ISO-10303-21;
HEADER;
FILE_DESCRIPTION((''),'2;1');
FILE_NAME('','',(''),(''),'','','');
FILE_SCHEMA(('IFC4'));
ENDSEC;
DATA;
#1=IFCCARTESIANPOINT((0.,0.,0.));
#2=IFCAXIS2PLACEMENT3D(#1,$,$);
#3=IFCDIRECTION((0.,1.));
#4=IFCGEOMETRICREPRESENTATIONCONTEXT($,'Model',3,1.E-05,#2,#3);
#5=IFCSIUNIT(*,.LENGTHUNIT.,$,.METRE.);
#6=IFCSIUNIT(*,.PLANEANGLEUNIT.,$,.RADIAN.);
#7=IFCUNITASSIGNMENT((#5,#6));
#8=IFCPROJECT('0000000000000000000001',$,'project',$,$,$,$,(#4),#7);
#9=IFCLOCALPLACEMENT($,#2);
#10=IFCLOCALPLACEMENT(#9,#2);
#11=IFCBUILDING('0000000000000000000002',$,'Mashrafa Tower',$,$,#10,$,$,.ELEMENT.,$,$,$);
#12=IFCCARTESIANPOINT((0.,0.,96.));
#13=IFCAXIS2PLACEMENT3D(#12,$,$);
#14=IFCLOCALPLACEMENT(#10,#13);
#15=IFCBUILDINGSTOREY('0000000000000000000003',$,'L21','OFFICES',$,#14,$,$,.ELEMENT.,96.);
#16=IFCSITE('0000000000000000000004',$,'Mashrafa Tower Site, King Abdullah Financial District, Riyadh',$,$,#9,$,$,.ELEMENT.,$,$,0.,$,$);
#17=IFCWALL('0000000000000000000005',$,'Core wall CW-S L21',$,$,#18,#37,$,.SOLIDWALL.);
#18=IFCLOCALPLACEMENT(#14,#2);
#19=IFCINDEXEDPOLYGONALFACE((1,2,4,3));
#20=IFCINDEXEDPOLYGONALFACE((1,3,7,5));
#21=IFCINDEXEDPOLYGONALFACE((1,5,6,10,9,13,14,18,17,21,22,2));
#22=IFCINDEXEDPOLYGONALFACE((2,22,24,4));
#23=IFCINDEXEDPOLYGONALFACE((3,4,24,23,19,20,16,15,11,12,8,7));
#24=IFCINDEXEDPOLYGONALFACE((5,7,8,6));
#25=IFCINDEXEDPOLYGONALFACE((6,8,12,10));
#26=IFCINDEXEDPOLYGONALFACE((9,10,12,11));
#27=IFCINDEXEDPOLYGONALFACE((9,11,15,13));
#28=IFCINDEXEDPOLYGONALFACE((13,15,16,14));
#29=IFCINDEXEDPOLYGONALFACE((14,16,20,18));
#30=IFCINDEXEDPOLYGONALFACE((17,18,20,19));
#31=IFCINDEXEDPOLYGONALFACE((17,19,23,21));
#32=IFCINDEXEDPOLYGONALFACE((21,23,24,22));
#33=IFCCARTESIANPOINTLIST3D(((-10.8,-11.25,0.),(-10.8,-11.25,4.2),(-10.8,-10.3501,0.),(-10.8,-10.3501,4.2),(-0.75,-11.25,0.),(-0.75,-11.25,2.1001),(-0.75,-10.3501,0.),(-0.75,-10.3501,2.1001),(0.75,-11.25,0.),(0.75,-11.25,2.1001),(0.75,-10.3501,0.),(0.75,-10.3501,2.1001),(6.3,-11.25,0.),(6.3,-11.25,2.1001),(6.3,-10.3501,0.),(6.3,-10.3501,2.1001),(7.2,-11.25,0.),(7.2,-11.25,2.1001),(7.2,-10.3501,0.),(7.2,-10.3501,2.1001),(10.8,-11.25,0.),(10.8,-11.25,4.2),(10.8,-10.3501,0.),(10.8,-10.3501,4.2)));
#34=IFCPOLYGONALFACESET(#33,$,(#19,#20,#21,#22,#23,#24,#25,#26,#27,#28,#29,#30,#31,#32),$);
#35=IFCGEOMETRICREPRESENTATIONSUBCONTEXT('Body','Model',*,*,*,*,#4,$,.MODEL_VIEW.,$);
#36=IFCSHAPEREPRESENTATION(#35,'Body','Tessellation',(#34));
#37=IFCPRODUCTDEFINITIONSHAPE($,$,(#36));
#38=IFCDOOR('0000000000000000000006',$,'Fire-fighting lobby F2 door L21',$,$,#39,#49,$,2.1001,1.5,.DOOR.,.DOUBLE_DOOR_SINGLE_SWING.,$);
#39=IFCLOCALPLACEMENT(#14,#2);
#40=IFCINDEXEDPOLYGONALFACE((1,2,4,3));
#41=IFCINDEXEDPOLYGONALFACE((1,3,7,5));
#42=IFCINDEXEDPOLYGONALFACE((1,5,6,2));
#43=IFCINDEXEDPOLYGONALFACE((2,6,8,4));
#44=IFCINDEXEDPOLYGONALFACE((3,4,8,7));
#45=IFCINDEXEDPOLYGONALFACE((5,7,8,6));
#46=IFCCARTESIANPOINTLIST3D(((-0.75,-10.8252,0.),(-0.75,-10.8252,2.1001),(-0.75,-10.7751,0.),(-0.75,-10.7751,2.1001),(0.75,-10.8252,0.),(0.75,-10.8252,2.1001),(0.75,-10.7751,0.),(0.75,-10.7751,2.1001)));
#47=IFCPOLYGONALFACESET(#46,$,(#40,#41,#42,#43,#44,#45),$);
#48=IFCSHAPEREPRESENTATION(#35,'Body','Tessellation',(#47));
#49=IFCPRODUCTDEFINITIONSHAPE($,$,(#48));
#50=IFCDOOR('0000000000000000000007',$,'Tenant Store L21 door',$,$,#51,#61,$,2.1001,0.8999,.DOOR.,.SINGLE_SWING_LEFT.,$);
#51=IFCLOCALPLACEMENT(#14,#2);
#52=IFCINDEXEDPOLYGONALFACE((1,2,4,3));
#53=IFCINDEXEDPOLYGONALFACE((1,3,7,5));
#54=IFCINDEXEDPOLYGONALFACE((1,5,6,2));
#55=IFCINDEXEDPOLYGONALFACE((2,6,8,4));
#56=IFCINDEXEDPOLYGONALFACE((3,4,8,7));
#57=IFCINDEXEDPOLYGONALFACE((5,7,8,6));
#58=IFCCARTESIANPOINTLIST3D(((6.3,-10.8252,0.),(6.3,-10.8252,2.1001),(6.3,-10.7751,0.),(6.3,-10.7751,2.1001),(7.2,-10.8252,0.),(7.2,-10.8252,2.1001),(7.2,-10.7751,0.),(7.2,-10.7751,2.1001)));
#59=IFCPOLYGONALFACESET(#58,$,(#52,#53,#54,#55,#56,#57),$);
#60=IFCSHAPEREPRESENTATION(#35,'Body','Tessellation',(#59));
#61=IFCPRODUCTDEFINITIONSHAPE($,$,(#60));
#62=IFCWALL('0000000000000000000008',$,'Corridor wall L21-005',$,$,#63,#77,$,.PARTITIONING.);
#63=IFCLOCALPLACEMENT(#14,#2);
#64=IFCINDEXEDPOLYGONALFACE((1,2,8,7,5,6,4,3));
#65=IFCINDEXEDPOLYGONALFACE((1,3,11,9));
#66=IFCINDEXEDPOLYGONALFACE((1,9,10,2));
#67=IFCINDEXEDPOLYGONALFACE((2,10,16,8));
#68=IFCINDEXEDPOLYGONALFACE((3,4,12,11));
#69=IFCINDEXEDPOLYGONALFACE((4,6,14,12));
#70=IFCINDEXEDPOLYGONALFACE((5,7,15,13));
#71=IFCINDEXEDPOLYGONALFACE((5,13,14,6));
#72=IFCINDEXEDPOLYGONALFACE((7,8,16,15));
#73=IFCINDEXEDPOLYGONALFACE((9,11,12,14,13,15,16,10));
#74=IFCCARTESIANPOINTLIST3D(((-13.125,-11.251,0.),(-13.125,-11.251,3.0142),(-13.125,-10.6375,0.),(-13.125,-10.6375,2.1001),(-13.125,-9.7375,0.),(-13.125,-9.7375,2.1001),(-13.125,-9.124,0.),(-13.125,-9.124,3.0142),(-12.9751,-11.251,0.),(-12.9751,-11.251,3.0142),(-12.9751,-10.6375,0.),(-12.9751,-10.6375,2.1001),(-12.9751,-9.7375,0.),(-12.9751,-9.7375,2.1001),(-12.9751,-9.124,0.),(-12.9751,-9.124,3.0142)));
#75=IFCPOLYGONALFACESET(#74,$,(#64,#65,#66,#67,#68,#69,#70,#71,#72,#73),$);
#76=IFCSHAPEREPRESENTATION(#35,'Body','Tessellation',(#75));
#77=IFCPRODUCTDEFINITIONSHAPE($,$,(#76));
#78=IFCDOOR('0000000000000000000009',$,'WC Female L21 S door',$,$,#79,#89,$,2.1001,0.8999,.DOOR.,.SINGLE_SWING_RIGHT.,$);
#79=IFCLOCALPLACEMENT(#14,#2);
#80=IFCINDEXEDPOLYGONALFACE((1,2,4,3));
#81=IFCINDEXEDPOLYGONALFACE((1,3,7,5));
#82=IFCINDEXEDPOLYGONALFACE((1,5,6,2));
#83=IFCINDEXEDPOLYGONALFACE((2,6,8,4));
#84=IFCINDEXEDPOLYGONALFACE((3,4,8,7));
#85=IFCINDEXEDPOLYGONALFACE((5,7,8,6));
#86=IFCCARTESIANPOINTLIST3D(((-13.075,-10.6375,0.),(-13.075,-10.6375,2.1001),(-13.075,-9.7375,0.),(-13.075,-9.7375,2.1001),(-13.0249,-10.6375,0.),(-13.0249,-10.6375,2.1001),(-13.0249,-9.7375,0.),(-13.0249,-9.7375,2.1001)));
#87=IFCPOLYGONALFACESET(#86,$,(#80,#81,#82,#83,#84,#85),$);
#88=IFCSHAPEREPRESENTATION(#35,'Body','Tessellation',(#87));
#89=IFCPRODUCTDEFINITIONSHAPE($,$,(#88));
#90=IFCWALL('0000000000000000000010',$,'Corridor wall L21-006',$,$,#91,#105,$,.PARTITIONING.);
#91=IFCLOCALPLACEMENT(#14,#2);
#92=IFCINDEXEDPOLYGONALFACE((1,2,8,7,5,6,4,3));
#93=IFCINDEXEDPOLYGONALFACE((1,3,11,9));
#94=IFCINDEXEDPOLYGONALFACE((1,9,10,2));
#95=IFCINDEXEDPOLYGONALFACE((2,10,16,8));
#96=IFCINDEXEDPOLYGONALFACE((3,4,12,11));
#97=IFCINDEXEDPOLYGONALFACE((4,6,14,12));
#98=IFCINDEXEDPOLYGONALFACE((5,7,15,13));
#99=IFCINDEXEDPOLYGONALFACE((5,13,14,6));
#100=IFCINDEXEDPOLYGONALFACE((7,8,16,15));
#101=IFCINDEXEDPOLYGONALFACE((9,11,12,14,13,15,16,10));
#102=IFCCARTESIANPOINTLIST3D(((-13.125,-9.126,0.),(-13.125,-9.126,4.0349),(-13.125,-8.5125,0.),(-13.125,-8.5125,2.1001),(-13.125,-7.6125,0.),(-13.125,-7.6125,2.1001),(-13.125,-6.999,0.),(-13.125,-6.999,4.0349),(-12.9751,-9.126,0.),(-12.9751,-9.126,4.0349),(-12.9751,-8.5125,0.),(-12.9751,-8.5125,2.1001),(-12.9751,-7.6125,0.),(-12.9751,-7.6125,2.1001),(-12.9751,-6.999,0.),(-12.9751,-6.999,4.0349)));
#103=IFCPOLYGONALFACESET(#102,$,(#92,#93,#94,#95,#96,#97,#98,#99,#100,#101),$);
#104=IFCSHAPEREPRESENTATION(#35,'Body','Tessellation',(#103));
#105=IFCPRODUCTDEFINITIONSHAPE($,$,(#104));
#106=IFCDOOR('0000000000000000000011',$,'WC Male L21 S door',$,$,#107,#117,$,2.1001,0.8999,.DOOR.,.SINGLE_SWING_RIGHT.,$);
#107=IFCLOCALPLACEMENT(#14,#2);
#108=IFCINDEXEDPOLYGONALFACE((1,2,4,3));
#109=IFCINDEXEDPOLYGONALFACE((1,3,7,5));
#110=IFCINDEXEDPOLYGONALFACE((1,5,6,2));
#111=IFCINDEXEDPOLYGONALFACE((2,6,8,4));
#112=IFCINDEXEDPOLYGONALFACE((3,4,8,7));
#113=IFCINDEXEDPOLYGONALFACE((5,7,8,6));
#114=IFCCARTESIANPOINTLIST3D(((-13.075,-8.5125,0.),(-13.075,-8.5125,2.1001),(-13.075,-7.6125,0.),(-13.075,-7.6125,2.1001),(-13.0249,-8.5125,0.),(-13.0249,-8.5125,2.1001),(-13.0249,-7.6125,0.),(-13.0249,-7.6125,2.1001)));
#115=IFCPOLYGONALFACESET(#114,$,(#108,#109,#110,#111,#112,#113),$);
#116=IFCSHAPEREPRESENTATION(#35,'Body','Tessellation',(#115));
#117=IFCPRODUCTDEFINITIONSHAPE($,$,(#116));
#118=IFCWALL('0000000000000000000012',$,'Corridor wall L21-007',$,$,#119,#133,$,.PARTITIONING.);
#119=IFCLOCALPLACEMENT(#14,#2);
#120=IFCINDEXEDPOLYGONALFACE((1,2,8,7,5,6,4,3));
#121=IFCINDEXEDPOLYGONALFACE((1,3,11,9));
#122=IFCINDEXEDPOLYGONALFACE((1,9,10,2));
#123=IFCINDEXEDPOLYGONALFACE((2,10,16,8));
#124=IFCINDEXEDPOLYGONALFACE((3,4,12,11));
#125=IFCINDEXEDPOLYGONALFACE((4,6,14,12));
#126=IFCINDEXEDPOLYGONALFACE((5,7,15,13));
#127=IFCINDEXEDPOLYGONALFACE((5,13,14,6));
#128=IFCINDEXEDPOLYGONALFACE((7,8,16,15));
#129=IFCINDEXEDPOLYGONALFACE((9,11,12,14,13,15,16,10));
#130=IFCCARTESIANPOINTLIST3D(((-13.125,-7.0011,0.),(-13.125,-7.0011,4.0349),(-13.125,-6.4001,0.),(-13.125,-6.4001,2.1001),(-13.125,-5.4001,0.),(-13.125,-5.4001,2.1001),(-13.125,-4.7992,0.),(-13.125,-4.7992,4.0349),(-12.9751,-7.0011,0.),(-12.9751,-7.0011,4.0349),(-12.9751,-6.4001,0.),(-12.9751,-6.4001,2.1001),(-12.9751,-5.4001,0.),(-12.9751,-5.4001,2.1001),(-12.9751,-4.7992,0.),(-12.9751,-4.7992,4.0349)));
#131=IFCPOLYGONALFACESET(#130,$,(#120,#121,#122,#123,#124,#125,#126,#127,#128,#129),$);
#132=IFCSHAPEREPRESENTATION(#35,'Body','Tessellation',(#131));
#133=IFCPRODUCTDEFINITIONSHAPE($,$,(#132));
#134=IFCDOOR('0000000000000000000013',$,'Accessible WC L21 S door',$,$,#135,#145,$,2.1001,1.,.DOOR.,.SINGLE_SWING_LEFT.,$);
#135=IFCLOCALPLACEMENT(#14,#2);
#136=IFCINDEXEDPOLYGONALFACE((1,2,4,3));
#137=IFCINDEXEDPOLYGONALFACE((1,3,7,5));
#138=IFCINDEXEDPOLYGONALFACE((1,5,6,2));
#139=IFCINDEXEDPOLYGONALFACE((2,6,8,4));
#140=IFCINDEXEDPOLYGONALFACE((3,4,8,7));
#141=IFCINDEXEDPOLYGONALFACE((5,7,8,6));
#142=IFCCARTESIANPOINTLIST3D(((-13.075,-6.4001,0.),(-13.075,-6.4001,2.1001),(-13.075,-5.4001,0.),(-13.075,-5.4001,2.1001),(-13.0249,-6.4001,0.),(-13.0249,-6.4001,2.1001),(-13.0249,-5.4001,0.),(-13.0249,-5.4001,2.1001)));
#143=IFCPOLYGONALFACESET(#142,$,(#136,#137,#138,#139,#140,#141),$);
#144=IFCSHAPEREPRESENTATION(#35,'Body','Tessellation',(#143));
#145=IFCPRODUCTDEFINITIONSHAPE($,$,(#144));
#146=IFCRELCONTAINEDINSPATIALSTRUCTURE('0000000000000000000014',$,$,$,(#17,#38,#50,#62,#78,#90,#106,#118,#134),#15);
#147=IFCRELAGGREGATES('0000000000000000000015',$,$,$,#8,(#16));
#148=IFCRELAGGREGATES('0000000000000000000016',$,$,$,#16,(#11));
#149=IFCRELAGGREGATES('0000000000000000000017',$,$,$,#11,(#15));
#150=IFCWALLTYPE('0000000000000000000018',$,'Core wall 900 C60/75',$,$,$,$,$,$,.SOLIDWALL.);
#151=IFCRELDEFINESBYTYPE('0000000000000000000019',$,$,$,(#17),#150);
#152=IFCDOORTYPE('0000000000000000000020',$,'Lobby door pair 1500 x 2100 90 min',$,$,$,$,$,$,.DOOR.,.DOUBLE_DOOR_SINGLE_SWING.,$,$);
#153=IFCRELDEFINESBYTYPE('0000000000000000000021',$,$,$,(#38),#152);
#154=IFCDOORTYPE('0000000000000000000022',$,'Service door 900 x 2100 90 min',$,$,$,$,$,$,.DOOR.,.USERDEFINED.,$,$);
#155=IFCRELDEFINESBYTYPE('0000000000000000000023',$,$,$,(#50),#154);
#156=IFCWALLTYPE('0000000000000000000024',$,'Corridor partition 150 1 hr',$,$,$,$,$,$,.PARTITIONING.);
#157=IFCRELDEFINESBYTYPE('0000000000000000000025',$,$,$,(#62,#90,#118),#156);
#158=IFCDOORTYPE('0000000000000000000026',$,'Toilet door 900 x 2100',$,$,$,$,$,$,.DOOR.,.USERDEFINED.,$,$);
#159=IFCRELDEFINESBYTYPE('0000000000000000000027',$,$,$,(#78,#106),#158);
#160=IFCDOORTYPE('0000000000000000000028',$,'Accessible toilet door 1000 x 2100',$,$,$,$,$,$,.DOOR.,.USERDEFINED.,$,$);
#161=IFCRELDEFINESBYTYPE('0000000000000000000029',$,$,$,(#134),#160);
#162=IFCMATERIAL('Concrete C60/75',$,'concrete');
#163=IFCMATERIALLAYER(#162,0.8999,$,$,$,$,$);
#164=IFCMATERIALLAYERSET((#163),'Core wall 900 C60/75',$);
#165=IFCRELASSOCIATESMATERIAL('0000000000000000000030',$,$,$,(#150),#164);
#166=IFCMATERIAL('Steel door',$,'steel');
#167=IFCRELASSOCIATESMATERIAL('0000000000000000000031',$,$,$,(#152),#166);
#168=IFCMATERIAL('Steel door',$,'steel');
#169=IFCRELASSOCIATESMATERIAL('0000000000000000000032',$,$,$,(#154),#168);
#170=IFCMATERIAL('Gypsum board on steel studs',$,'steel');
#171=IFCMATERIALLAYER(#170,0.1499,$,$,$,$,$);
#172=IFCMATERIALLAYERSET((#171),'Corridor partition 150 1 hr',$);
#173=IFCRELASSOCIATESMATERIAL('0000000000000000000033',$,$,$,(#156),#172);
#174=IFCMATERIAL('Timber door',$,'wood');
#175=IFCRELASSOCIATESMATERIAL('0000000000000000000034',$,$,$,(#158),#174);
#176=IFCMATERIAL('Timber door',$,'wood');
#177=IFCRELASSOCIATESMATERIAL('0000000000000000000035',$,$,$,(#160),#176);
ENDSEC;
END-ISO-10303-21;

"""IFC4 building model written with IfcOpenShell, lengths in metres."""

from ifc_helpers import new_model, si_unit, direction, frame, frame_2d, origin, place, context, subcontext, project, spatial, rectangle, extrude, material, layer, layer_set, type_object, element, fill, save


model = new_model("IFC4")

# Units and contexts
model_context = context("Model", 3, precision=1e-05, world=origin(), true_north=direction((0.0, 1.0)))
body_context = subcontext(model_context, "Body", "Model", "MODEL_VIEW")
ifc_project = project(units=[si_unit("LENGTHUNIT", "METRE"), si_unit("PLANEANGLEUNIT", "RADIAN")], contexts=[model_context])

# Site, building, storey
site_placement = place(None, origin())
site = spatial("IfcSite", under=ifc_project, at=site_placement, Name="Mashrafa Tower Site, King Abdullah Financial District, Riyadh", CompositionType="ELEMENT", RefElevation=0.0)
building_placement = place(site_placement, origin())
building = spatial("IfcBuilding", under=site, at=building_placement, Name="Mashrafa Tower", CompositionType="ELEMENT")
storey_placement = place(building_placement, frame((0.0, 0.0, 96.0)))
storey = spatial("IfcBuildingStorey", under=building, at=storey_placement, Name="L21", Description="OFFICES", CompositionType="ELEMENT", Elevation=96.0)

# Wall, openings, doors
ifc_material_1 = material(Name="Concrete C60/75", Category="concrete")
ifc_layer_1 = layer(ifc_material_1, 0.8999)
ifc_layer_set_1 = layer_set([ifc_layer_1], Name="Core wall 900 C60/75")
wall_type_1 = type_object("IfcWallType", Name="Core wall 900 C60/75", PredefinedType="SOLIDWALL", material=ifc_layer_set_1)
wall_1_placement = place(storey_placement, frame((-10.8, -10.8, 0.0), z_axis=(0.0, 0.0, 1.0), x_axis=(1.0, 0.0, 0.0)))
wall_1 = element("IfcWall", 1, at=wall_1_placement, inside=storey, type_object=wall_type_1, Name="Core wall CW-S L21", PredefinedType="SOLIDWALL", context=body_context, shape_type="SweptSolid", body=[
    extrude(rectangle(XDim=21.6001, YDim=0.8999, at=frame_2d((10.8, 0.0))), origin(), (0.0, 0.0, 1.0), 4.2),
])
opening_1_placement = place(wall_1_placement, frame((10.05, 0.0, 0.0)))
opening_1 = element("IfcOpeningElement", 2, at=opening_1_placement, cuts=wall_1, PredefinedType="OPENING", context=body_context, shape_type="SweptSolid", body=[
    extrude(rectangle(XDim=1.5, YDim=2.1001, at=frame_2d((0.75, 1.05))), frame((0.0, 0.46, 0.0), z_axis=(0.0, -1.0, 0.0), x_axis=(1.0, 0.0, 0.0)), (0.0, 0.0, 1.0), 0.9199),
])
opening_2_placement = place(wall_1_placement, frame((17.1001, 0.0, 0.0)))
opening_2 = element("IfcOpeningElement", 3, at=opening_2_placement, cuts=wall_1, PredefinedType="OPENING", context=body_context, shape_type="SweptSolid", body=[
    extrude(rectangle(XDim=0.8999, YDim=2.1001, at=frame_2d((0.45, 1.05))), frame((0.0, 0.46, 0.0), z_axis=(0.0, -1.0, 0.0), x_axis=(1.0, 0.0, 0.0)), (0.0, 0.0, 1.0), 0.9199),
])
ifc_material_2 = material(Name="Steel door", Category="steel")
door_type_1 = type_object("IfcDoorType", Name="Lobby door pair 1500 x 2100 90 min", OperationType="DOUBLE_DOOR_SINGLE_SWING", PredefinedType="DOOR", material=ifc_material_2)
door_1_placement = place(opening_1_placement, origin())
door_1 = element("IfcDoor", 4, at=door_1_placement, inside=storey, type_object=door_type_1, Name="Fire-fighting lobby F2 door L21", OperationType="DOUBLE_DOOR_SINGLE_SWING", OverallHeight=2.1001, OverallWidth=1.5, PredefinedType="DOOR", context=body_context, shape_type="SweptSolid", body=[
    extrude(rectangle(XDim=1.5, YDim=2.1001, at=frame_2d((0.75, 1.05))), frame((0.0, 0.0249, 0.0), z_axis=(0.0, -1.0, 0.0), x_axis=(1.0, 0.0, 0.0)), (0.0, 0.0, 1.0), 0.05),
])
fill(opening_1, door_1)
ifc_material_3 = material(Name="Steel door", Category="steel")
door_type_2 = type_object("IfcDoorType", Name="Service door 900 x 2100 90 min", OperationType="USERDEFINED", PredefinedType="DOOR", material=ifc_material_3)
door_2_placement = place(opening_2_placement, origin())
door_2 = element("IfcDoor", 5, at=door_2_placement, inside=storey, type_object=door_type_2, Name="Tenant Store L21 door", OperationType="SINGLE_SWING_LEFT", OverallHeight=2.1001, OverallWidth=0.8999, PredefinedType="DOOR", context=body_context, shape_type="SweptSolid", body=[
    extrude(rectangle(XDim=0.8999, YDim=2.1001, at=frame_2d((0.45, 1.05))), frame((0.0, 0.0249, 0.0), z_axis=(0.0, -1.0, 0.0), x_axis=(1.0, 0.0, 0.0)), (0.0, 0.0, 1.0), 0.05),
])
fill(opening_2, door_2)

# Walls, openings, doors
ifc_material_4 = material(Name="Gypsum board on steel studs", Category="steel")
ifc_layer_2 = layer(ifc_material_4, 0.1499)
ifc_layer_set_2 = layer_set([ifc_layer_2], Name="Corridor partition 150 1 hr")
wall_type_2 = type_object("IfcWallType", Name="Corridor partition 150 1 hr", PredefinedType="PARTITIONING", material=ifc_layer_set_2)
wall_2_placement = place(storey_placement, frame((-13.05, -9.124, 0.0), z_axis=(0.0, 0.0, 1.0), x_axis=(0.0, -1.0, 0.0)))
wall_2 = element("IfcWall", 6, at=wall_2_placement, inside=storey, type_object=wall_type_2, Name="Corridor wall L21-005", PredefinedType="PARTITIONING", context=body_context, shape_type="SweptSolid", body=[
    extrude(rectangle(XDim=2.127, YDim=0.1499, at=frame_2d((1.0635, 0.0))), origin(), (0.0, 0.0, 1.0), 3.0142),
])
opening_3_placement = place(wall_2_placement, frame((0.6135, 0.0, 0.0)))
opening_3 = element("IfcOpeningElement", 7, at=opening_3_placement, cuts=wall_2, PredefinedType="OPENING", context=body_context, shape_type="SweptSolid", body=[
    extrude(rectangle(XDim=0.8999, YDim=2.1001, at=frame_2d((0.45, 1.05))), frame((0.0, 0.085, 0.0), z_axis=(0.0, -1.0, 0.0), x_axis=(1.0, 0.0, 0.0)), (0.0, 0.0, 1.0), 0.1699),
])
ifc_material_5 = material(Name="Timber door", Category="wood")
door_type_3 = type_object("IfcDoorType", Name="Toilet door 900 x 2100", OperationType="USERDEFINED", PredefinedType="DOOR", material=ifc_material_5)
door_3_placement = place(opening_3_placement, frame((0.8999, 0.0, 0.0), z_axis=(0.0, 0.0, 1.0), x_axis=(-1.0, 0.0, 0.0)))
door_3 = element("IfcDoor", 8, at=door_3_placement, inside=storey, type_object=door_type_3, Name="WC Female L21 S door", OperationType="SINGLE_SWING_RIGHT", OverallHeight=2.1001, OverallWidth=0.8999, PredefinedType="DOOR", context=body_context, shape_type="SweptSolid", body=[
    extrude(rectangle(XDim=0.8999, YDim=2.1001, at=frame_2d((0.45, 1.05))), frame((0.0, 0.0249, 0.0), z_axis=(0.0, -1.0, 0.0), x_axis=(1.0, 0.0, 0.0)), (0.0, 0.0, 1.0), 0.05),
])
fill(opening_3, door_3)
wall_3_placement = place(storey_placement, frame((-13.05, -6.999, 0.0), z_axis=(0.0, 0.0, 1.0), x_axis=(0.0, -1.0, 0.0)))
wall_3 = element("IfcWall", 9, at=wall_3_placement, inside=storey, type_object=wall_type_2, Name="Corridor wall L21-006", PredefinedType="PARTITIONING", context=body_context, shape_type="SweptSolid", body=[
    extrude(rectangle(XDim=2.127, YDim=0.1499, at=frame_2d((1.0635, 0.0))), origin(), (0.0, 0.0, 1.0), 4.0349),
])
opening_4_placement = place(wall_3_placement, frame((0.6135, 0.0, 0.0)))
opening_4 = element("IfcOpeningElement", 10, at=opening_4_placement, cuts=wall_3, PredefinedType="OPENING", context=body_context, shape_type="SweptSolid", body=[
    extrude(rectangle(XDim=0.8999, YDim=2.1001, at=frame_2d((0.45, 1.05))), frame((0.0, 0.085, 0.0), z_axis=(0.0, -1.0, 0.0), x_axis=(1.0, 0.0, 0.0)), (0.0, 0.0, 1.0), 0.1699),
])
door_4_placement = place(opening_4_placement, frame((0.8999, 0.0, 0.0), z_axis=(0.0, 0.0, 1.0), x_axis=(-1.0, 0.0, 0.0)))
door_4 = element("IfcDoor", 11, at=door_4_placement, inside=storey, type_object=door_type_3, Name="WC Male L21 S door", OperationType="SINGLE_SWING_RIGHT", OverallHeight=2.1001, OverallWidth=0.8999, PredefinedType="DOOR", context=body_context, shape_type="SweptSolid", body=[
    extrude(rectangle(XDim=0.8999, YDim=2.1001, at=frame_2d((0.45, 1.05))), frame((0.0, 0.0249, 0.0), z_axis=(0.0, -1.0, 0.0), x_axis=(1.0, 0.0, 0.0)), (0.0, 0.0, 1.0), 0.05),
])
fill(opening_4, door_4)
wall_4_placement = place(storey_placement, frame((-13.05, -4.7991, 0.0), z_axis=(0.0, 0.0, 1.0), x_axis=(0.0, -1.0, 0.0)))
wall_4 = element("IfcWall", 12, at=wall_4_placement, inside=storey, type_object=wall_type_2, Name="Corridor wall L21-007", PredefinedType="PARTITIONING", context=body_context, shape_type="SweptSolid", body=[
    extrude(rectangle(XDim=2.2019, YDim=0.1499, at=frame_2d((1.1011, 0.0))), origin(), (0.0, 0.0, 1.0), 4.0349),
])
opening_5_placement = place(wall_4_placement, frame((0.6011, 0.0, 0.0)))
opening_5 = element("IfcOpeningElement", 13, at=opening_5_placement, cuts=wall_4, PredefinedType="OPENING", context=body_context, shape_type="SweptSolid", body=[
    extrude(rectangle(XDim=1.0, YDim=2.1001, at=frame_2d((0.5, 1.05))), frame((0.0, 0.085, 0.0), z_axis=(0.0, -1.0, 0.0), x_axis=(1.0, 0.0, 0.0)), (0.0, 0.0, 1.0), 0.1699),
])
ifc_material_6 = material(Name="Timber door", Category="wood")
door_type_4 = type_object("IfcDoorType", Name="Accessible toilet door 1000 x 2100", OperationType="USERDEFINED", PredefinedType="DOOR", material=ifc_material_6)
door_5_placement = place(opening_5_placement, frame((1.0, 0.0, 0.0), z_axis=(0.0, 0.0, 1.0), x_axis=(-1.0, 0.0, 0.0)))
door_5 = element("IfcDoor", 14, at=door_5_placement, inside=storey, type_object=door_type_4, Name="Accessible WC L21 S door", OperationType="SINGLE_SWING_LEFT", OverallHeight=2.1001, OverallWidth=1.0, PredefinedType="DOOR", context=body_context, shape_type="SweptSolid", body=[
    extrude(rectangle(XDim=1.0, YDim=2.1001, at=frame_2d((0.5, 1.05))), frame((0.0, 0.0249, 0.0), z_axis=(0.0, -1.0, 0.0), x_axis=(1.0, 0.0, 0.0)), (0.0, 0.0, 1.0), 0.05),
])
fill(opening_5, door_5)

save(model, "model.ifc")
